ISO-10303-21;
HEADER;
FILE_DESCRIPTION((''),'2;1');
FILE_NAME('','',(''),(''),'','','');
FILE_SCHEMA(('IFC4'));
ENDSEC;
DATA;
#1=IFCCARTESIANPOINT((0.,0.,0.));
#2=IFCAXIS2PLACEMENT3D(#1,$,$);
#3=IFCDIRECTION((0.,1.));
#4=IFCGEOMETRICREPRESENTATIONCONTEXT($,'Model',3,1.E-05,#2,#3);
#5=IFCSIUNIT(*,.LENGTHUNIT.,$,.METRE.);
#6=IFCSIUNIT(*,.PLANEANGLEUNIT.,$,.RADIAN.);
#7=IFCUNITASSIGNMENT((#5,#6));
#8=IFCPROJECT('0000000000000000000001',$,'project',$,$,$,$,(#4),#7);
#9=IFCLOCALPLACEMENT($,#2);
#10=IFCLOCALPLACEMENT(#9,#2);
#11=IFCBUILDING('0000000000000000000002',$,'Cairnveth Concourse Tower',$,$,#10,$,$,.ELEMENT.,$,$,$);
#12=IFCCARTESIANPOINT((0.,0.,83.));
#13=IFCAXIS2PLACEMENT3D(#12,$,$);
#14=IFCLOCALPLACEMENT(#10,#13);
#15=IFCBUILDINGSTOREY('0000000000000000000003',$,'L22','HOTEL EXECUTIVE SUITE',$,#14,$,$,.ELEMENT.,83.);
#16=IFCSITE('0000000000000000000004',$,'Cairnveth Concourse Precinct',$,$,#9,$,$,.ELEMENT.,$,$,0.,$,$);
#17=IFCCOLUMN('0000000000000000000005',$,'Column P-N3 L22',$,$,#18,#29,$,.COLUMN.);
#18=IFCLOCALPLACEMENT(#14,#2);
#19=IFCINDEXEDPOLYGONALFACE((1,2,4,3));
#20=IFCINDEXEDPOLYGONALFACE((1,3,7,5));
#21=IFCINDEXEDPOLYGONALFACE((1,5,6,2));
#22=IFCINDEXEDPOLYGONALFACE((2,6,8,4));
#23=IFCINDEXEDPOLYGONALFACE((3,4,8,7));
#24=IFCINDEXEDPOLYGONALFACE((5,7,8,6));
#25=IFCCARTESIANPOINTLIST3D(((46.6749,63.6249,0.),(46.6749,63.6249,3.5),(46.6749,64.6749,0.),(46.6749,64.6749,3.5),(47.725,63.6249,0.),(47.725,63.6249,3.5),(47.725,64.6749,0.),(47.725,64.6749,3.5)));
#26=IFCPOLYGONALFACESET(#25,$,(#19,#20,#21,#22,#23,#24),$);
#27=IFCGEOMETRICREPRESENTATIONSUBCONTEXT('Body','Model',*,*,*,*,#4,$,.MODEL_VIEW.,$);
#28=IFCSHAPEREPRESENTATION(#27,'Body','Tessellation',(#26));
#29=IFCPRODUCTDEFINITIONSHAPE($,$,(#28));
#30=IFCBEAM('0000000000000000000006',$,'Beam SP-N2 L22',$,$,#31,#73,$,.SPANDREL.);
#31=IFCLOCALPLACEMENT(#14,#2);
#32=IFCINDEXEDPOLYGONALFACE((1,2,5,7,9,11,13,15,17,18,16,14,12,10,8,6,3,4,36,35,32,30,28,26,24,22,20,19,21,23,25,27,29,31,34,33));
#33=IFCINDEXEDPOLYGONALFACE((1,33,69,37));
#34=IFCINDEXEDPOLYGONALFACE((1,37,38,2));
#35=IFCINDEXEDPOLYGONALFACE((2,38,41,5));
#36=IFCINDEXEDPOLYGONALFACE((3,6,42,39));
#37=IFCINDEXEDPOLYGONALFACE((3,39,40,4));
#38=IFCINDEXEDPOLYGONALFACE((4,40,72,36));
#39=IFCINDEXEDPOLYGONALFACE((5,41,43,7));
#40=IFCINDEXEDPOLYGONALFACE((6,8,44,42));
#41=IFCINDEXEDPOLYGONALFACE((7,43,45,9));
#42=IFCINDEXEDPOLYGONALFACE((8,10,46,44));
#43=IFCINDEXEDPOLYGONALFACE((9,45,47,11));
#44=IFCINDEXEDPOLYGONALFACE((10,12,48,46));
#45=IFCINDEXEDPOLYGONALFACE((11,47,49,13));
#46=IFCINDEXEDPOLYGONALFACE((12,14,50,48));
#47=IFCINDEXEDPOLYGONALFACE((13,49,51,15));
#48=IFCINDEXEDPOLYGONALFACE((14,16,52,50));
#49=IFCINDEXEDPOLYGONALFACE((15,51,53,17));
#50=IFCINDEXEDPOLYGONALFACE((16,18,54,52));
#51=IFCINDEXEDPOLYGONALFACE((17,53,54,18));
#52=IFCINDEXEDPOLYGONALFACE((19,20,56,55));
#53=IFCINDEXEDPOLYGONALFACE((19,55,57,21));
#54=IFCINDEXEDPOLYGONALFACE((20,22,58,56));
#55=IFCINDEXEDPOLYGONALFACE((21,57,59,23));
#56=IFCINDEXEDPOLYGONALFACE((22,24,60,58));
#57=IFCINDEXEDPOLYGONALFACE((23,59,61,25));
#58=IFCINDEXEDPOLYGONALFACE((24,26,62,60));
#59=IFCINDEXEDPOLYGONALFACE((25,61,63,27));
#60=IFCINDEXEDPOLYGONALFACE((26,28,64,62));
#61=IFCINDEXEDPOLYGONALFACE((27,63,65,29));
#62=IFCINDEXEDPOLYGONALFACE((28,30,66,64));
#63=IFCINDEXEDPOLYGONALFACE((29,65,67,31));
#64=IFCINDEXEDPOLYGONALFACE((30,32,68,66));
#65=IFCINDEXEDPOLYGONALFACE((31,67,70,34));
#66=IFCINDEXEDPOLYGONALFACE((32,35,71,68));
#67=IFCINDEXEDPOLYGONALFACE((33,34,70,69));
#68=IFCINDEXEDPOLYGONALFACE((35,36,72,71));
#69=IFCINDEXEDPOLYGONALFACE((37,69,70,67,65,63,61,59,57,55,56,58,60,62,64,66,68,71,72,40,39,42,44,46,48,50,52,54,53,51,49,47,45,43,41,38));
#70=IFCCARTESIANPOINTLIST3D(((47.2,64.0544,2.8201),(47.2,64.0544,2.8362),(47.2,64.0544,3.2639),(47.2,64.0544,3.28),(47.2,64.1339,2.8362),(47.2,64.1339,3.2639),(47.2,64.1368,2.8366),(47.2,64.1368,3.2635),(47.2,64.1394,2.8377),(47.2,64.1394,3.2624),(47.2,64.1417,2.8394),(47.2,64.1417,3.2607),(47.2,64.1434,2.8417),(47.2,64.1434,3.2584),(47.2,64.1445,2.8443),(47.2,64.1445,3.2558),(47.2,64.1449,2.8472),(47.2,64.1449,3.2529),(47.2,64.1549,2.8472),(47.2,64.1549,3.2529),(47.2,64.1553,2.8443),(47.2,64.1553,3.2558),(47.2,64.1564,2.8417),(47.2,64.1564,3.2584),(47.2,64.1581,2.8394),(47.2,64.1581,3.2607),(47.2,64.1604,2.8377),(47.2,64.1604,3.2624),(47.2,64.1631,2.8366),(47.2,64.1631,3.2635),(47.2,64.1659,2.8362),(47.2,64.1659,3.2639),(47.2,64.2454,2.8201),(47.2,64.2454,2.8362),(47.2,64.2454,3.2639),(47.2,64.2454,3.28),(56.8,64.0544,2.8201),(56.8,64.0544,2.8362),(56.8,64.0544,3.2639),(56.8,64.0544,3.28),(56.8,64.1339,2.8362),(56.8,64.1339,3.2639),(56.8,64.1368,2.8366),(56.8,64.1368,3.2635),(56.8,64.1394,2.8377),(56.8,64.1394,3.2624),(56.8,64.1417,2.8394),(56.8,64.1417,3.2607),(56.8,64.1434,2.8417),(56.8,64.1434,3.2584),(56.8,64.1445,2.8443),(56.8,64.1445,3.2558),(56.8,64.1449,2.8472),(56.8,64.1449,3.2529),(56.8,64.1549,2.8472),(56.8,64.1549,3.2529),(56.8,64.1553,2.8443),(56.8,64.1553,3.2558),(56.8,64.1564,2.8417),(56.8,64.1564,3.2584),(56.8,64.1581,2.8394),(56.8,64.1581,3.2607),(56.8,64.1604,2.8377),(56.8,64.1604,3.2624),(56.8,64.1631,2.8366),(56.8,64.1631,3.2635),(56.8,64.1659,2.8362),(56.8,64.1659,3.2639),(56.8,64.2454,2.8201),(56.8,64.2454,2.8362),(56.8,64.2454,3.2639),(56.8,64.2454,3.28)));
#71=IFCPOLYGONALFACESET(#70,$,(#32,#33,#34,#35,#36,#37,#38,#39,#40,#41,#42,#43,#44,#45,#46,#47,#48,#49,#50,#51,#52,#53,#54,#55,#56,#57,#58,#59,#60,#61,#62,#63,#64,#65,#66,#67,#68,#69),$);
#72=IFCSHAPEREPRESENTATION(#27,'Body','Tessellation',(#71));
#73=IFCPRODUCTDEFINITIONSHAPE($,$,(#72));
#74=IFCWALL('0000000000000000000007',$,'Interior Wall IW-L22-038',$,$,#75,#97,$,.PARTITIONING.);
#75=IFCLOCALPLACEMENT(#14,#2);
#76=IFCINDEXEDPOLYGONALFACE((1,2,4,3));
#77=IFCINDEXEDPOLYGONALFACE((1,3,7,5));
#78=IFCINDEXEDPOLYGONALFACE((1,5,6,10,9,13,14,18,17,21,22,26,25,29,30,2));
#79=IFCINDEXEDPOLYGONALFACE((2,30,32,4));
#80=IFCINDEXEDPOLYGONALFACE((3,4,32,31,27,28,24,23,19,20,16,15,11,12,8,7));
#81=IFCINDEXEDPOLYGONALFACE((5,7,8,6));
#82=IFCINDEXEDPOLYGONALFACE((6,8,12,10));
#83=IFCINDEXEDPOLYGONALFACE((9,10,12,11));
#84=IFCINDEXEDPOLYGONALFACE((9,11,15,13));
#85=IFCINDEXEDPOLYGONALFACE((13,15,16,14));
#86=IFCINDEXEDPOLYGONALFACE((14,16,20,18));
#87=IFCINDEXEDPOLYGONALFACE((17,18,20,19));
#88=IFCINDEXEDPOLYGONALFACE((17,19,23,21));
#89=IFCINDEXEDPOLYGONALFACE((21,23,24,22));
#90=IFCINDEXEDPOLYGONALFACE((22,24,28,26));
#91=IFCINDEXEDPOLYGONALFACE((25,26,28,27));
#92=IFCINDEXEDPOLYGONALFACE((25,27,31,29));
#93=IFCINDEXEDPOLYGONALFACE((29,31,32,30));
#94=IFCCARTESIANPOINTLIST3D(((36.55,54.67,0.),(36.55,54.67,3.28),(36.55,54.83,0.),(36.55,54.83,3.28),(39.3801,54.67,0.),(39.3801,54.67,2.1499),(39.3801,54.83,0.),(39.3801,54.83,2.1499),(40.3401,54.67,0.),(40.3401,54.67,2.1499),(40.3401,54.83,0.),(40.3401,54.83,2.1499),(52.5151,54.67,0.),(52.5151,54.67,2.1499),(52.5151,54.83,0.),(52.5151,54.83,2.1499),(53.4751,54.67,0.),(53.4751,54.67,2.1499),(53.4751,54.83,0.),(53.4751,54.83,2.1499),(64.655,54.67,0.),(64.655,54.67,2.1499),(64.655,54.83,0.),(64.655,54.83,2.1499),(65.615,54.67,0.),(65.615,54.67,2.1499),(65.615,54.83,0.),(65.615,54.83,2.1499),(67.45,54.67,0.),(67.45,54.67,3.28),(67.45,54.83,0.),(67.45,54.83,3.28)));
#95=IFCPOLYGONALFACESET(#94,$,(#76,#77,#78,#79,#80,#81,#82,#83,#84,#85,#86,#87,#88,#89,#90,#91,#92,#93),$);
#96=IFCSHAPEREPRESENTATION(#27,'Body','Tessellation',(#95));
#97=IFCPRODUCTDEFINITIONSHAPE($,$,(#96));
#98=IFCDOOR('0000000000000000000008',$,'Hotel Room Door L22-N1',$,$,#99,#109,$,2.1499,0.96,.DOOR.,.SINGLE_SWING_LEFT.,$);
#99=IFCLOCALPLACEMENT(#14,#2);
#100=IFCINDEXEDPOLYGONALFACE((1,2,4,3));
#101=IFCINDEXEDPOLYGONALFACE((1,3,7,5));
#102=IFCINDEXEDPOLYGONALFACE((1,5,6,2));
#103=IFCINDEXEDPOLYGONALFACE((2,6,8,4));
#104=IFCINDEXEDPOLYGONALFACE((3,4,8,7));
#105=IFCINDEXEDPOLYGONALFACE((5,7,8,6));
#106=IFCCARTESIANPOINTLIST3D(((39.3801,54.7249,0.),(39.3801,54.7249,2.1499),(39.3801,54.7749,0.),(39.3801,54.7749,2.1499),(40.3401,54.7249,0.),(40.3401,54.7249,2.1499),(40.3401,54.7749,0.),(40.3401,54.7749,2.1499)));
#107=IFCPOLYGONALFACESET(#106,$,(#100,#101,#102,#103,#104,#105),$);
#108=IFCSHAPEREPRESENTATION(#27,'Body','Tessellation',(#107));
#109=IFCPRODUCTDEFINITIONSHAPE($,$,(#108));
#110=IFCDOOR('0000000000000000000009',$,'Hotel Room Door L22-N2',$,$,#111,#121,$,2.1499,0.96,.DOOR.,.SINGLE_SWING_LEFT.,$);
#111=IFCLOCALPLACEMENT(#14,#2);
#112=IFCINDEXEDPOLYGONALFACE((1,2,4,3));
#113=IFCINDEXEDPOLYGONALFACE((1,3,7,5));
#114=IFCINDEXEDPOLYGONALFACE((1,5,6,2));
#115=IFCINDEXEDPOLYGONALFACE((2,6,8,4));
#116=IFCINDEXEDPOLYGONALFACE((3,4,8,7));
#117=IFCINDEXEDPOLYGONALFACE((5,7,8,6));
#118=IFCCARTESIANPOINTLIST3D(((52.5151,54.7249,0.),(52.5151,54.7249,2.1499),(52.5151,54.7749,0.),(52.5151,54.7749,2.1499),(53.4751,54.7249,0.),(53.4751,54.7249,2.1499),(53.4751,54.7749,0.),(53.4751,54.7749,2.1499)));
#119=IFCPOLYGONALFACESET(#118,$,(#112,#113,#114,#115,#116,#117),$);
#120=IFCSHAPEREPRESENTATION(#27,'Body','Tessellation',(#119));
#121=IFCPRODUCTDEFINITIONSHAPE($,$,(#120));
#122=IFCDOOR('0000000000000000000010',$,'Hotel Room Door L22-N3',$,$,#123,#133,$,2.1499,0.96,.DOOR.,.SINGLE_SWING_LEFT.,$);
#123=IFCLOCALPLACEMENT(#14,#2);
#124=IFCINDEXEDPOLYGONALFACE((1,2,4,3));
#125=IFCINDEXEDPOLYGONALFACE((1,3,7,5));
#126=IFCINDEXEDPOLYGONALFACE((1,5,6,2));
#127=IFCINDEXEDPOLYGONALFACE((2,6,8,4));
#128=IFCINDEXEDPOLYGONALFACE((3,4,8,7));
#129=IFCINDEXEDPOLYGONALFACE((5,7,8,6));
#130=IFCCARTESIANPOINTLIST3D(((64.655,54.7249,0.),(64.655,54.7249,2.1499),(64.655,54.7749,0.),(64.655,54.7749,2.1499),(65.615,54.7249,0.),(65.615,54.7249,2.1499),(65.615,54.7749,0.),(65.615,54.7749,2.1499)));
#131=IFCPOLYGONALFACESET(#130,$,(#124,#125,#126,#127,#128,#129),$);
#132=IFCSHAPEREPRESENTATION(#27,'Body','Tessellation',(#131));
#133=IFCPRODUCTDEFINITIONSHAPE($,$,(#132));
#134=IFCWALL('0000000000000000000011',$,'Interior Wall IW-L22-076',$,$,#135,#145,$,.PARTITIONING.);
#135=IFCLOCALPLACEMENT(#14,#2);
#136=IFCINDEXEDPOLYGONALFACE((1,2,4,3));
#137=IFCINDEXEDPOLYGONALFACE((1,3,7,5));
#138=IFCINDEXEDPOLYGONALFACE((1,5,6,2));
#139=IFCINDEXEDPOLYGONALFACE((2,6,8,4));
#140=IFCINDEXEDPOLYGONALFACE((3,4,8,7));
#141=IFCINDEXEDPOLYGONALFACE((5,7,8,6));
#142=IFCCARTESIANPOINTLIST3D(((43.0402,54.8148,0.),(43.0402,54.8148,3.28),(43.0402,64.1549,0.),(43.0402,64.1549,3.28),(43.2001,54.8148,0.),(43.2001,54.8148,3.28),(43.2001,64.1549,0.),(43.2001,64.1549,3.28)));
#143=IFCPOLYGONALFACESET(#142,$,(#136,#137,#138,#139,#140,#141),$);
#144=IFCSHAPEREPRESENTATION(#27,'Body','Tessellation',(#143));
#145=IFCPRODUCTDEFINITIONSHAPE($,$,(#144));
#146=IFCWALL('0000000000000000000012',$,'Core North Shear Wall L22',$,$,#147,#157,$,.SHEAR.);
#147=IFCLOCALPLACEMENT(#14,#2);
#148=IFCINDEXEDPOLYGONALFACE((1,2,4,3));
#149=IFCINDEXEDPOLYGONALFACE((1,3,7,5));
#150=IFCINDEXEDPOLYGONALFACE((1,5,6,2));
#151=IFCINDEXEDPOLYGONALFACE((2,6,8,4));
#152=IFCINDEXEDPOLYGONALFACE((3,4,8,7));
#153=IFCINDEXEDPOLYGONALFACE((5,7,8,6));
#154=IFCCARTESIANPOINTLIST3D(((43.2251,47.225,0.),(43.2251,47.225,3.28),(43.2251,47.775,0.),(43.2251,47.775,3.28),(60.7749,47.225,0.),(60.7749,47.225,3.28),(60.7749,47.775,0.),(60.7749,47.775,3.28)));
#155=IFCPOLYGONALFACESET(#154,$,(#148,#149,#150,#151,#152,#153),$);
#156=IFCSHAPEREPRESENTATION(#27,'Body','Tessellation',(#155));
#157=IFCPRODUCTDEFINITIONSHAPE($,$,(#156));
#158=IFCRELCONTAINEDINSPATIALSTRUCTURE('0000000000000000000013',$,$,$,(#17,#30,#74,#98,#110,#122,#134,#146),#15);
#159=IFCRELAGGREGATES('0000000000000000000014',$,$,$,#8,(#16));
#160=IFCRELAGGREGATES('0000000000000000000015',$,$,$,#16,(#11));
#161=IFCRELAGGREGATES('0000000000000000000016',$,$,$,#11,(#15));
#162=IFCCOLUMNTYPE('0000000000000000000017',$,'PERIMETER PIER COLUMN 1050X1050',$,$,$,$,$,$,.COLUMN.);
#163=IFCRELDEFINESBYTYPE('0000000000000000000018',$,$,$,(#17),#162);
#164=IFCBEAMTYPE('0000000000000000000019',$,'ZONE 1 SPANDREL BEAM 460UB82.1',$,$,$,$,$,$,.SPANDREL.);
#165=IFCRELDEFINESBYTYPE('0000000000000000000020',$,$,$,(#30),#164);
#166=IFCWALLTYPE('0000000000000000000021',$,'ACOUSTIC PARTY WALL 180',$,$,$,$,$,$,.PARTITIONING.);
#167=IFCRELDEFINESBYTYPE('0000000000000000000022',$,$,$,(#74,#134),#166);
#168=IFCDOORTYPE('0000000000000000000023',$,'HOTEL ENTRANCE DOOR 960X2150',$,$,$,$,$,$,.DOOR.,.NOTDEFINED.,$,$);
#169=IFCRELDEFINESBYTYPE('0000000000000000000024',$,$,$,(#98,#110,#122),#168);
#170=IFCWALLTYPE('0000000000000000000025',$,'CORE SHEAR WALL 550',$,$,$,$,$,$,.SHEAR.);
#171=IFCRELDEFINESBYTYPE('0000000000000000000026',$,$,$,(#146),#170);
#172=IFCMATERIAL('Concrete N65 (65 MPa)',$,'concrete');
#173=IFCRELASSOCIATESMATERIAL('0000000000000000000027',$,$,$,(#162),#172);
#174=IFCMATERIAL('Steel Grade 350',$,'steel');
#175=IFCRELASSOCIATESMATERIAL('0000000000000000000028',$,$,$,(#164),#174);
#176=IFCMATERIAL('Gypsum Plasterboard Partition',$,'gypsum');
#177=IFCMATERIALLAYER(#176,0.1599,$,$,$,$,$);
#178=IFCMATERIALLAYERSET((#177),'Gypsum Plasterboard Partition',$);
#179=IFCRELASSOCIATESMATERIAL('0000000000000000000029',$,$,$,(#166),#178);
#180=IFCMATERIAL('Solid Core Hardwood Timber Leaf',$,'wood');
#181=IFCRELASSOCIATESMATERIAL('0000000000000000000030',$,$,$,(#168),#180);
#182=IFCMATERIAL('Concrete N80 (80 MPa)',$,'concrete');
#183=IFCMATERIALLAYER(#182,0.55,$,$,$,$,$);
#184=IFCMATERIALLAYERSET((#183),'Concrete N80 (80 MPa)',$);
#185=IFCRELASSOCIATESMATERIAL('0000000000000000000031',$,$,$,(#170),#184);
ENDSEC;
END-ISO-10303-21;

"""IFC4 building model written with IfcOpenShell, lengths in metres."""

from ifc_helpers import new_model, si_unit, direction, frame, frame_2d, origin, origin_2d, place, context, subcontext, project, spatial, rectangle, i_section, extrude, material, layer, layer_set, material_profile, profile_set, type_object, element, fill, save


model = new_model("IFC4")

# Units and contexts
model_context = context("Model", 3, precision=1e-05, world=origin(), true_north=direction((0.0, 1.0)))
body_context = subcontext(model_context, "Body", "Model", "MODEL_VIEW")
ifc_project = project(units=[si_unit("LENGTHUNIT", "METRE"), si_unit("PLANEANGLEUNIT", "RADIAN")], contexts=[model_context])

# Site, building, storey
site_placement = place(None, origin())
site = spatial("IfcSite", under=ifc_project, at=site_placement, Name="Cairnveth Concourse Precinct", CompositionType="ELEMENT", RefElevation=0.0)
building_placement = place(site_placement, origin())
building = spatial("IfcBuilding", under=site, at=building_placement, Name="Cairnveth Concourse Tower", CompositionType="ELEMENT")
storey_placement = place(building_placement, frame((0.0, 0.0, 83.0)))
storey = spatial("IfcBuildingStorey", under=building, at=storey_placement, Name="L22", Description="HOTEL EXECUTIVE SUITE", CompositionType="ELEMENT", Elevation=83.0)

# Column
ifc_material_1 = material(Name="Concrete N65 (65 MPa)", Category="concrete")
ifc_material_profile_1 = material_profile(ifc_material_1, rectangle(XDim=1.05, YDim=1.05, at=origin_2d()), Name="RC-COL-1050x1050")
ifc_profile_set_1 = profile_set([ifc_material_profile_1], Name="Concrete N65 (65 MPa)")
column_type = type_object("IfcColumnType", Name="PERIMETER PIER COLUMN 1050X1050", PredefinedType="COLUMN", material=ifc_profile_set_1)
column_placement = place(storey_placement, frame((47.2, 64.1499, 0.0), z_axis=(0.0, 0.0, 1.0), x_axis=(1.0, 0.0, 0.0)))
element("IfcColumn", 1, at=column_placement, inside=storey, type_object=column_type, Name="Column P-N3 L22", PredefinedType="COLUMN", context=body_context, shape_type="SweptSolid", body=[
    extrude(rectangle(XDim=1.05, YDim=1.05, at=origin_2d()), origin(), (0.0, 0.0, 1.0), 3.5),
])

# Beam
ifc_material_2 = material(Name="Steel Grade 350", Category="steel")
ifc_material_profile_2 = material_profile(ifc_material_2, i_section(OverallWidth=0.1909, OverallDepth=0.46, WebThickness=0.01, FlangeThickness=0.0161, FilletRadius=0.011, at=origin_2d()), Name="460UB82.1")
ifc_profile_set_2 = profile_set([ifc_material_profile_2], Name="Steel Grade 350")
beam_type = type_object("IfcBeamType", Name="ZONE 1 SPANDREL BEAM 460UB82.1", PredefinedType="SPANDREL", material=ifc_profile_set_2)
beam_placement = place(storey_placement, frame((47.2, 64.1499, 3.05), z_axis=(1.0, 0.0, 0.0), x_axis=(0.0, 1.0, 0.0)))
element("IfcBeam", 2, at=beam_placement, inside=storey, type_object=beam_type, Name="Beam SP-N2 L22", PredefinedType="SPANDREL", context=body_context, shape_type="SweptSolid", body=[
    extrude(i_section(OverallWidth=0.1909, OverallDepth=0.46, WebThickness=0.01, FlangeThickness=0.0161, FilletRadius=0.011, at=origin_2d()), origin(), (0.0, 0.0, 1.0), 9.6001),
])

# Wall, openings, doors
ifc_material_3 = material(Name="Gypsum Plasterboard Partition", Category="gypsum")
ifc_layer_1 = layer(ifc_material_3, 0.1599)
ifc_layer_set_1 = layer_set([ifc_layer_1], Name="Gypsum Plasterboard Partition")
wall_type_1 = type_object("IfcWallType", Name="ACOUSTIC PARTY WALL 180", PredefinedType="PARTITIONING", material=ifc_layer_set_1)
wall_1_placement = place(storey_placement, frame((36.55, 54.75, 0.0), z_axis=(0.0, 0.0, 1.0), x_axis=(1.0, 0.0, 0.0)))
wall_1 = element("IfcWall", 3, at=wall_1_placement, inside=storey, type_object=wall_type_1, Name="Interior Wall IW-L22-038", PredefinedType="PARTITIONING", context=body_context, shape_type="SweptSolid", body=[
    extrude(rectangle(XDim=30.8999, YDim=0.1599, at=frame_2d((15.45, 0.0))), origin(), (0.0, 0.0, 1.0), 3.28),
])
opening_1_placement = place(wall_1_placement, frame((2.8301, 0.0, 0.0)))
opening_1 = element("IfcOpeningElement", 4, at=opening_1_placement, cuts=wall_1, PredefinedType="OPENING", context=body_context, shape_type="SweptSolid", body=[
    extrude(rectangle(XDim=0.96, YDim=2.1499, at=frame_2d((0.48, 1.075))), frame((0.0, 0.0898, 0.0), z_axis=(0.0, -1.0, 0.0), x_axis=(1.0, 0.0, 0.0)), (0.0, 0.0, 1.0), 0.1799),
])
opening_2_placement = place(wall_1_placement, frame((15.9651, 0.0, 0.0)))
opening_2 = element("IfcOpeningElement", 5, at=opening_2_placement, cuts=wall_1, PredefinedType="OPENING", context=body_context, shape_type="SweptSolid", body=[
    extrude(rectangle(XDim=0.96, YDim=2.1499, at=frame_2d((0.48, 1.075))), frame((0.0, 0.0898, 0.0), z_axis=(0.0, -1.0, 0.0), x_axis=(1.0, 0.0, 0.0)), (0.0, 0.0, 1.0), 0.1799),
])
opening_3_placement = place(wall_1_placement, frame((28.105, 0.0, 0.0)))
opening_3 = element("IfcOpeningElement", 6, at=opening_3_placement, cuts=wall_1, PredefinedType="OPENING", context=body_context, shape_type="SweptSolid", body=[
    extrude(rectangle(XDim=0.96, YDim=2.1499, at=frame_2d((0.48, 1.075))), frame((0.0, 0.0898, 0.0), z_axis=(0.0, -1.0, 0.0), x_axis=(1.0, 0.0, 0.0)), (0.0, 0.0, 1.0), 0.1799),
])
ifc_material_4 = material(Name="Solid Core Hardwood Timber Leaf", Category="wood")
door_type_1 = type_object("IfcDoorType", Name="HOTEL ENTRANCE DOOR 960X2150", OperationType="NOTDEFINED", PredefinedType="DOOR", material=ifc_material_4)
door_1_placement = place(opening_1_placement, origin())
door_1 = element("IfcDoor", 7, at=door_1_placement, inside=storey, type_object=door_type_1, Name="Hotel Room Door L22-N1", OperationType="SINGLE_SWING_LEFT", OverallHeight=2.1499, OverallWidth=0.96, PredefinedType="DOOR", context=body_context, shape_type="SweptSolid", body=[
    extrude(rectangle(XDim=0.96, YDim=2.1499, at=frame_2d((0.48, 1.075))), frame((0.0, 0.0249, 0.0), z_axis=(0.0, -1.0, 0.0), x_axis=(1.0, 0.0, 0.0)), (0.0, 0.0, 1.0), 0.05),
])
fill(opening_1, door_1)
door_2_placement = place(opening_2_placement, origin())
door_2 = element("IfcDoor", 8, at=door_2_placement, inside=storey, type_object=door_type_1, Name="Hotel Room Door L22-N2", OperationType="SINGLE_SWING_LEFT", OverallHeight=2.1499, OverallWidth=0.96, PredefinedType="DOOR", context=body_context, shape_type="SweptSolid", body=[
    extrude(rectangle(XDim=0.96, YDim=2.1499, at=frame_2d((0.48, 1.075))), frame((0.0, 0.0249, 0.0), z_axis=(0.0, -1.0, 0.0), x_axis=(1.0, 0.0, 0.0)), (0.0, 0.0, 1.0), 0.05),
])
fill(opening_2, door_2)
door_3_placement = place(opening_3_placement, origin())
door_3 = element("IfcDoor", 9, at=door_3_placement, inside=storey, type_object=door_type_1, Name="Hotel Room Door L22-N3", OperationType="SINGLE_SWING_LEFT", OverallHeight=2.1499, OverallWidth=0.96, PredefinedType="DOOR", context=body_context, shape_type="SweptSolid", body=[
    extrude(rectangle(XDim=0.96, YDim=2.1499, at=frame_2d((0.48, 1.075))), frame((0.0, 0.0249, 0.0), z_axis=(0.0, -1.0, 0.0), x_axis=(1.0, 0.0, 0.0)), (0.0, 0.0, 1.0), 0.05),
])
fill(opening_3, door_3)

# Walls
wall_2_placement = place(storey_placement, frame((43.1201, 54.8149, 0.0), z_axis=(0.0, 0.0, 1.0), x_axis=(0.0, 1.0, 0.0)))
element("IfcWall", 10, at=wall_2_placement, inside=storey, type_object=wall_type_1, Name="Interior Wall IW-L22-076", PredefinedType="PARTITIONING", context=body_context, shape_type="SweptSolid", body=[
    extrude(rectangle(XDim=9.3401, YDim=0.1599, at=frame_2d((4.6699, 0.0))), origin(), (0.0, 0.0, 1.0), 3.28),
])
ifc_material_5 = material(Name="Concrete N80 (80 MPa)", Category="concrete")
ifc_layer_2 = layer(ifc_material_5, 0.55)
ifc_layer_set_2 = layer_set([ifc_layer_2], Name="Concrete N80 (80 MPa)")
wall_type_2 = type_object("IfcWallType", Name="CORE SHEAR WALL 550", PredefinedType="SHEAR", material=ifc_layer_set_2)
wall_3_placement = place(storey_placement, frame((43.2251, 47.5, 0.0), z_axis=(0.0, 0.0, 1.0), x_axis=(1.0, 0.0, 0.0)))
element("IfcWall", 11, at=wall_3_placement, inside=storey, type_object=wall_type_2, Name="Core North Shear Wall L22", PredefinedType="SHEAR", context=body_context, shape_type="SweptSolid", body=[
    extrude(rectangle(XDim=17.5498, YDim=0.55, at=frame_2d((8.7749, 0.0))), origin(), (0.0, 0.0, 1.0), 3.28),
])

save(model, "model.ifc")
